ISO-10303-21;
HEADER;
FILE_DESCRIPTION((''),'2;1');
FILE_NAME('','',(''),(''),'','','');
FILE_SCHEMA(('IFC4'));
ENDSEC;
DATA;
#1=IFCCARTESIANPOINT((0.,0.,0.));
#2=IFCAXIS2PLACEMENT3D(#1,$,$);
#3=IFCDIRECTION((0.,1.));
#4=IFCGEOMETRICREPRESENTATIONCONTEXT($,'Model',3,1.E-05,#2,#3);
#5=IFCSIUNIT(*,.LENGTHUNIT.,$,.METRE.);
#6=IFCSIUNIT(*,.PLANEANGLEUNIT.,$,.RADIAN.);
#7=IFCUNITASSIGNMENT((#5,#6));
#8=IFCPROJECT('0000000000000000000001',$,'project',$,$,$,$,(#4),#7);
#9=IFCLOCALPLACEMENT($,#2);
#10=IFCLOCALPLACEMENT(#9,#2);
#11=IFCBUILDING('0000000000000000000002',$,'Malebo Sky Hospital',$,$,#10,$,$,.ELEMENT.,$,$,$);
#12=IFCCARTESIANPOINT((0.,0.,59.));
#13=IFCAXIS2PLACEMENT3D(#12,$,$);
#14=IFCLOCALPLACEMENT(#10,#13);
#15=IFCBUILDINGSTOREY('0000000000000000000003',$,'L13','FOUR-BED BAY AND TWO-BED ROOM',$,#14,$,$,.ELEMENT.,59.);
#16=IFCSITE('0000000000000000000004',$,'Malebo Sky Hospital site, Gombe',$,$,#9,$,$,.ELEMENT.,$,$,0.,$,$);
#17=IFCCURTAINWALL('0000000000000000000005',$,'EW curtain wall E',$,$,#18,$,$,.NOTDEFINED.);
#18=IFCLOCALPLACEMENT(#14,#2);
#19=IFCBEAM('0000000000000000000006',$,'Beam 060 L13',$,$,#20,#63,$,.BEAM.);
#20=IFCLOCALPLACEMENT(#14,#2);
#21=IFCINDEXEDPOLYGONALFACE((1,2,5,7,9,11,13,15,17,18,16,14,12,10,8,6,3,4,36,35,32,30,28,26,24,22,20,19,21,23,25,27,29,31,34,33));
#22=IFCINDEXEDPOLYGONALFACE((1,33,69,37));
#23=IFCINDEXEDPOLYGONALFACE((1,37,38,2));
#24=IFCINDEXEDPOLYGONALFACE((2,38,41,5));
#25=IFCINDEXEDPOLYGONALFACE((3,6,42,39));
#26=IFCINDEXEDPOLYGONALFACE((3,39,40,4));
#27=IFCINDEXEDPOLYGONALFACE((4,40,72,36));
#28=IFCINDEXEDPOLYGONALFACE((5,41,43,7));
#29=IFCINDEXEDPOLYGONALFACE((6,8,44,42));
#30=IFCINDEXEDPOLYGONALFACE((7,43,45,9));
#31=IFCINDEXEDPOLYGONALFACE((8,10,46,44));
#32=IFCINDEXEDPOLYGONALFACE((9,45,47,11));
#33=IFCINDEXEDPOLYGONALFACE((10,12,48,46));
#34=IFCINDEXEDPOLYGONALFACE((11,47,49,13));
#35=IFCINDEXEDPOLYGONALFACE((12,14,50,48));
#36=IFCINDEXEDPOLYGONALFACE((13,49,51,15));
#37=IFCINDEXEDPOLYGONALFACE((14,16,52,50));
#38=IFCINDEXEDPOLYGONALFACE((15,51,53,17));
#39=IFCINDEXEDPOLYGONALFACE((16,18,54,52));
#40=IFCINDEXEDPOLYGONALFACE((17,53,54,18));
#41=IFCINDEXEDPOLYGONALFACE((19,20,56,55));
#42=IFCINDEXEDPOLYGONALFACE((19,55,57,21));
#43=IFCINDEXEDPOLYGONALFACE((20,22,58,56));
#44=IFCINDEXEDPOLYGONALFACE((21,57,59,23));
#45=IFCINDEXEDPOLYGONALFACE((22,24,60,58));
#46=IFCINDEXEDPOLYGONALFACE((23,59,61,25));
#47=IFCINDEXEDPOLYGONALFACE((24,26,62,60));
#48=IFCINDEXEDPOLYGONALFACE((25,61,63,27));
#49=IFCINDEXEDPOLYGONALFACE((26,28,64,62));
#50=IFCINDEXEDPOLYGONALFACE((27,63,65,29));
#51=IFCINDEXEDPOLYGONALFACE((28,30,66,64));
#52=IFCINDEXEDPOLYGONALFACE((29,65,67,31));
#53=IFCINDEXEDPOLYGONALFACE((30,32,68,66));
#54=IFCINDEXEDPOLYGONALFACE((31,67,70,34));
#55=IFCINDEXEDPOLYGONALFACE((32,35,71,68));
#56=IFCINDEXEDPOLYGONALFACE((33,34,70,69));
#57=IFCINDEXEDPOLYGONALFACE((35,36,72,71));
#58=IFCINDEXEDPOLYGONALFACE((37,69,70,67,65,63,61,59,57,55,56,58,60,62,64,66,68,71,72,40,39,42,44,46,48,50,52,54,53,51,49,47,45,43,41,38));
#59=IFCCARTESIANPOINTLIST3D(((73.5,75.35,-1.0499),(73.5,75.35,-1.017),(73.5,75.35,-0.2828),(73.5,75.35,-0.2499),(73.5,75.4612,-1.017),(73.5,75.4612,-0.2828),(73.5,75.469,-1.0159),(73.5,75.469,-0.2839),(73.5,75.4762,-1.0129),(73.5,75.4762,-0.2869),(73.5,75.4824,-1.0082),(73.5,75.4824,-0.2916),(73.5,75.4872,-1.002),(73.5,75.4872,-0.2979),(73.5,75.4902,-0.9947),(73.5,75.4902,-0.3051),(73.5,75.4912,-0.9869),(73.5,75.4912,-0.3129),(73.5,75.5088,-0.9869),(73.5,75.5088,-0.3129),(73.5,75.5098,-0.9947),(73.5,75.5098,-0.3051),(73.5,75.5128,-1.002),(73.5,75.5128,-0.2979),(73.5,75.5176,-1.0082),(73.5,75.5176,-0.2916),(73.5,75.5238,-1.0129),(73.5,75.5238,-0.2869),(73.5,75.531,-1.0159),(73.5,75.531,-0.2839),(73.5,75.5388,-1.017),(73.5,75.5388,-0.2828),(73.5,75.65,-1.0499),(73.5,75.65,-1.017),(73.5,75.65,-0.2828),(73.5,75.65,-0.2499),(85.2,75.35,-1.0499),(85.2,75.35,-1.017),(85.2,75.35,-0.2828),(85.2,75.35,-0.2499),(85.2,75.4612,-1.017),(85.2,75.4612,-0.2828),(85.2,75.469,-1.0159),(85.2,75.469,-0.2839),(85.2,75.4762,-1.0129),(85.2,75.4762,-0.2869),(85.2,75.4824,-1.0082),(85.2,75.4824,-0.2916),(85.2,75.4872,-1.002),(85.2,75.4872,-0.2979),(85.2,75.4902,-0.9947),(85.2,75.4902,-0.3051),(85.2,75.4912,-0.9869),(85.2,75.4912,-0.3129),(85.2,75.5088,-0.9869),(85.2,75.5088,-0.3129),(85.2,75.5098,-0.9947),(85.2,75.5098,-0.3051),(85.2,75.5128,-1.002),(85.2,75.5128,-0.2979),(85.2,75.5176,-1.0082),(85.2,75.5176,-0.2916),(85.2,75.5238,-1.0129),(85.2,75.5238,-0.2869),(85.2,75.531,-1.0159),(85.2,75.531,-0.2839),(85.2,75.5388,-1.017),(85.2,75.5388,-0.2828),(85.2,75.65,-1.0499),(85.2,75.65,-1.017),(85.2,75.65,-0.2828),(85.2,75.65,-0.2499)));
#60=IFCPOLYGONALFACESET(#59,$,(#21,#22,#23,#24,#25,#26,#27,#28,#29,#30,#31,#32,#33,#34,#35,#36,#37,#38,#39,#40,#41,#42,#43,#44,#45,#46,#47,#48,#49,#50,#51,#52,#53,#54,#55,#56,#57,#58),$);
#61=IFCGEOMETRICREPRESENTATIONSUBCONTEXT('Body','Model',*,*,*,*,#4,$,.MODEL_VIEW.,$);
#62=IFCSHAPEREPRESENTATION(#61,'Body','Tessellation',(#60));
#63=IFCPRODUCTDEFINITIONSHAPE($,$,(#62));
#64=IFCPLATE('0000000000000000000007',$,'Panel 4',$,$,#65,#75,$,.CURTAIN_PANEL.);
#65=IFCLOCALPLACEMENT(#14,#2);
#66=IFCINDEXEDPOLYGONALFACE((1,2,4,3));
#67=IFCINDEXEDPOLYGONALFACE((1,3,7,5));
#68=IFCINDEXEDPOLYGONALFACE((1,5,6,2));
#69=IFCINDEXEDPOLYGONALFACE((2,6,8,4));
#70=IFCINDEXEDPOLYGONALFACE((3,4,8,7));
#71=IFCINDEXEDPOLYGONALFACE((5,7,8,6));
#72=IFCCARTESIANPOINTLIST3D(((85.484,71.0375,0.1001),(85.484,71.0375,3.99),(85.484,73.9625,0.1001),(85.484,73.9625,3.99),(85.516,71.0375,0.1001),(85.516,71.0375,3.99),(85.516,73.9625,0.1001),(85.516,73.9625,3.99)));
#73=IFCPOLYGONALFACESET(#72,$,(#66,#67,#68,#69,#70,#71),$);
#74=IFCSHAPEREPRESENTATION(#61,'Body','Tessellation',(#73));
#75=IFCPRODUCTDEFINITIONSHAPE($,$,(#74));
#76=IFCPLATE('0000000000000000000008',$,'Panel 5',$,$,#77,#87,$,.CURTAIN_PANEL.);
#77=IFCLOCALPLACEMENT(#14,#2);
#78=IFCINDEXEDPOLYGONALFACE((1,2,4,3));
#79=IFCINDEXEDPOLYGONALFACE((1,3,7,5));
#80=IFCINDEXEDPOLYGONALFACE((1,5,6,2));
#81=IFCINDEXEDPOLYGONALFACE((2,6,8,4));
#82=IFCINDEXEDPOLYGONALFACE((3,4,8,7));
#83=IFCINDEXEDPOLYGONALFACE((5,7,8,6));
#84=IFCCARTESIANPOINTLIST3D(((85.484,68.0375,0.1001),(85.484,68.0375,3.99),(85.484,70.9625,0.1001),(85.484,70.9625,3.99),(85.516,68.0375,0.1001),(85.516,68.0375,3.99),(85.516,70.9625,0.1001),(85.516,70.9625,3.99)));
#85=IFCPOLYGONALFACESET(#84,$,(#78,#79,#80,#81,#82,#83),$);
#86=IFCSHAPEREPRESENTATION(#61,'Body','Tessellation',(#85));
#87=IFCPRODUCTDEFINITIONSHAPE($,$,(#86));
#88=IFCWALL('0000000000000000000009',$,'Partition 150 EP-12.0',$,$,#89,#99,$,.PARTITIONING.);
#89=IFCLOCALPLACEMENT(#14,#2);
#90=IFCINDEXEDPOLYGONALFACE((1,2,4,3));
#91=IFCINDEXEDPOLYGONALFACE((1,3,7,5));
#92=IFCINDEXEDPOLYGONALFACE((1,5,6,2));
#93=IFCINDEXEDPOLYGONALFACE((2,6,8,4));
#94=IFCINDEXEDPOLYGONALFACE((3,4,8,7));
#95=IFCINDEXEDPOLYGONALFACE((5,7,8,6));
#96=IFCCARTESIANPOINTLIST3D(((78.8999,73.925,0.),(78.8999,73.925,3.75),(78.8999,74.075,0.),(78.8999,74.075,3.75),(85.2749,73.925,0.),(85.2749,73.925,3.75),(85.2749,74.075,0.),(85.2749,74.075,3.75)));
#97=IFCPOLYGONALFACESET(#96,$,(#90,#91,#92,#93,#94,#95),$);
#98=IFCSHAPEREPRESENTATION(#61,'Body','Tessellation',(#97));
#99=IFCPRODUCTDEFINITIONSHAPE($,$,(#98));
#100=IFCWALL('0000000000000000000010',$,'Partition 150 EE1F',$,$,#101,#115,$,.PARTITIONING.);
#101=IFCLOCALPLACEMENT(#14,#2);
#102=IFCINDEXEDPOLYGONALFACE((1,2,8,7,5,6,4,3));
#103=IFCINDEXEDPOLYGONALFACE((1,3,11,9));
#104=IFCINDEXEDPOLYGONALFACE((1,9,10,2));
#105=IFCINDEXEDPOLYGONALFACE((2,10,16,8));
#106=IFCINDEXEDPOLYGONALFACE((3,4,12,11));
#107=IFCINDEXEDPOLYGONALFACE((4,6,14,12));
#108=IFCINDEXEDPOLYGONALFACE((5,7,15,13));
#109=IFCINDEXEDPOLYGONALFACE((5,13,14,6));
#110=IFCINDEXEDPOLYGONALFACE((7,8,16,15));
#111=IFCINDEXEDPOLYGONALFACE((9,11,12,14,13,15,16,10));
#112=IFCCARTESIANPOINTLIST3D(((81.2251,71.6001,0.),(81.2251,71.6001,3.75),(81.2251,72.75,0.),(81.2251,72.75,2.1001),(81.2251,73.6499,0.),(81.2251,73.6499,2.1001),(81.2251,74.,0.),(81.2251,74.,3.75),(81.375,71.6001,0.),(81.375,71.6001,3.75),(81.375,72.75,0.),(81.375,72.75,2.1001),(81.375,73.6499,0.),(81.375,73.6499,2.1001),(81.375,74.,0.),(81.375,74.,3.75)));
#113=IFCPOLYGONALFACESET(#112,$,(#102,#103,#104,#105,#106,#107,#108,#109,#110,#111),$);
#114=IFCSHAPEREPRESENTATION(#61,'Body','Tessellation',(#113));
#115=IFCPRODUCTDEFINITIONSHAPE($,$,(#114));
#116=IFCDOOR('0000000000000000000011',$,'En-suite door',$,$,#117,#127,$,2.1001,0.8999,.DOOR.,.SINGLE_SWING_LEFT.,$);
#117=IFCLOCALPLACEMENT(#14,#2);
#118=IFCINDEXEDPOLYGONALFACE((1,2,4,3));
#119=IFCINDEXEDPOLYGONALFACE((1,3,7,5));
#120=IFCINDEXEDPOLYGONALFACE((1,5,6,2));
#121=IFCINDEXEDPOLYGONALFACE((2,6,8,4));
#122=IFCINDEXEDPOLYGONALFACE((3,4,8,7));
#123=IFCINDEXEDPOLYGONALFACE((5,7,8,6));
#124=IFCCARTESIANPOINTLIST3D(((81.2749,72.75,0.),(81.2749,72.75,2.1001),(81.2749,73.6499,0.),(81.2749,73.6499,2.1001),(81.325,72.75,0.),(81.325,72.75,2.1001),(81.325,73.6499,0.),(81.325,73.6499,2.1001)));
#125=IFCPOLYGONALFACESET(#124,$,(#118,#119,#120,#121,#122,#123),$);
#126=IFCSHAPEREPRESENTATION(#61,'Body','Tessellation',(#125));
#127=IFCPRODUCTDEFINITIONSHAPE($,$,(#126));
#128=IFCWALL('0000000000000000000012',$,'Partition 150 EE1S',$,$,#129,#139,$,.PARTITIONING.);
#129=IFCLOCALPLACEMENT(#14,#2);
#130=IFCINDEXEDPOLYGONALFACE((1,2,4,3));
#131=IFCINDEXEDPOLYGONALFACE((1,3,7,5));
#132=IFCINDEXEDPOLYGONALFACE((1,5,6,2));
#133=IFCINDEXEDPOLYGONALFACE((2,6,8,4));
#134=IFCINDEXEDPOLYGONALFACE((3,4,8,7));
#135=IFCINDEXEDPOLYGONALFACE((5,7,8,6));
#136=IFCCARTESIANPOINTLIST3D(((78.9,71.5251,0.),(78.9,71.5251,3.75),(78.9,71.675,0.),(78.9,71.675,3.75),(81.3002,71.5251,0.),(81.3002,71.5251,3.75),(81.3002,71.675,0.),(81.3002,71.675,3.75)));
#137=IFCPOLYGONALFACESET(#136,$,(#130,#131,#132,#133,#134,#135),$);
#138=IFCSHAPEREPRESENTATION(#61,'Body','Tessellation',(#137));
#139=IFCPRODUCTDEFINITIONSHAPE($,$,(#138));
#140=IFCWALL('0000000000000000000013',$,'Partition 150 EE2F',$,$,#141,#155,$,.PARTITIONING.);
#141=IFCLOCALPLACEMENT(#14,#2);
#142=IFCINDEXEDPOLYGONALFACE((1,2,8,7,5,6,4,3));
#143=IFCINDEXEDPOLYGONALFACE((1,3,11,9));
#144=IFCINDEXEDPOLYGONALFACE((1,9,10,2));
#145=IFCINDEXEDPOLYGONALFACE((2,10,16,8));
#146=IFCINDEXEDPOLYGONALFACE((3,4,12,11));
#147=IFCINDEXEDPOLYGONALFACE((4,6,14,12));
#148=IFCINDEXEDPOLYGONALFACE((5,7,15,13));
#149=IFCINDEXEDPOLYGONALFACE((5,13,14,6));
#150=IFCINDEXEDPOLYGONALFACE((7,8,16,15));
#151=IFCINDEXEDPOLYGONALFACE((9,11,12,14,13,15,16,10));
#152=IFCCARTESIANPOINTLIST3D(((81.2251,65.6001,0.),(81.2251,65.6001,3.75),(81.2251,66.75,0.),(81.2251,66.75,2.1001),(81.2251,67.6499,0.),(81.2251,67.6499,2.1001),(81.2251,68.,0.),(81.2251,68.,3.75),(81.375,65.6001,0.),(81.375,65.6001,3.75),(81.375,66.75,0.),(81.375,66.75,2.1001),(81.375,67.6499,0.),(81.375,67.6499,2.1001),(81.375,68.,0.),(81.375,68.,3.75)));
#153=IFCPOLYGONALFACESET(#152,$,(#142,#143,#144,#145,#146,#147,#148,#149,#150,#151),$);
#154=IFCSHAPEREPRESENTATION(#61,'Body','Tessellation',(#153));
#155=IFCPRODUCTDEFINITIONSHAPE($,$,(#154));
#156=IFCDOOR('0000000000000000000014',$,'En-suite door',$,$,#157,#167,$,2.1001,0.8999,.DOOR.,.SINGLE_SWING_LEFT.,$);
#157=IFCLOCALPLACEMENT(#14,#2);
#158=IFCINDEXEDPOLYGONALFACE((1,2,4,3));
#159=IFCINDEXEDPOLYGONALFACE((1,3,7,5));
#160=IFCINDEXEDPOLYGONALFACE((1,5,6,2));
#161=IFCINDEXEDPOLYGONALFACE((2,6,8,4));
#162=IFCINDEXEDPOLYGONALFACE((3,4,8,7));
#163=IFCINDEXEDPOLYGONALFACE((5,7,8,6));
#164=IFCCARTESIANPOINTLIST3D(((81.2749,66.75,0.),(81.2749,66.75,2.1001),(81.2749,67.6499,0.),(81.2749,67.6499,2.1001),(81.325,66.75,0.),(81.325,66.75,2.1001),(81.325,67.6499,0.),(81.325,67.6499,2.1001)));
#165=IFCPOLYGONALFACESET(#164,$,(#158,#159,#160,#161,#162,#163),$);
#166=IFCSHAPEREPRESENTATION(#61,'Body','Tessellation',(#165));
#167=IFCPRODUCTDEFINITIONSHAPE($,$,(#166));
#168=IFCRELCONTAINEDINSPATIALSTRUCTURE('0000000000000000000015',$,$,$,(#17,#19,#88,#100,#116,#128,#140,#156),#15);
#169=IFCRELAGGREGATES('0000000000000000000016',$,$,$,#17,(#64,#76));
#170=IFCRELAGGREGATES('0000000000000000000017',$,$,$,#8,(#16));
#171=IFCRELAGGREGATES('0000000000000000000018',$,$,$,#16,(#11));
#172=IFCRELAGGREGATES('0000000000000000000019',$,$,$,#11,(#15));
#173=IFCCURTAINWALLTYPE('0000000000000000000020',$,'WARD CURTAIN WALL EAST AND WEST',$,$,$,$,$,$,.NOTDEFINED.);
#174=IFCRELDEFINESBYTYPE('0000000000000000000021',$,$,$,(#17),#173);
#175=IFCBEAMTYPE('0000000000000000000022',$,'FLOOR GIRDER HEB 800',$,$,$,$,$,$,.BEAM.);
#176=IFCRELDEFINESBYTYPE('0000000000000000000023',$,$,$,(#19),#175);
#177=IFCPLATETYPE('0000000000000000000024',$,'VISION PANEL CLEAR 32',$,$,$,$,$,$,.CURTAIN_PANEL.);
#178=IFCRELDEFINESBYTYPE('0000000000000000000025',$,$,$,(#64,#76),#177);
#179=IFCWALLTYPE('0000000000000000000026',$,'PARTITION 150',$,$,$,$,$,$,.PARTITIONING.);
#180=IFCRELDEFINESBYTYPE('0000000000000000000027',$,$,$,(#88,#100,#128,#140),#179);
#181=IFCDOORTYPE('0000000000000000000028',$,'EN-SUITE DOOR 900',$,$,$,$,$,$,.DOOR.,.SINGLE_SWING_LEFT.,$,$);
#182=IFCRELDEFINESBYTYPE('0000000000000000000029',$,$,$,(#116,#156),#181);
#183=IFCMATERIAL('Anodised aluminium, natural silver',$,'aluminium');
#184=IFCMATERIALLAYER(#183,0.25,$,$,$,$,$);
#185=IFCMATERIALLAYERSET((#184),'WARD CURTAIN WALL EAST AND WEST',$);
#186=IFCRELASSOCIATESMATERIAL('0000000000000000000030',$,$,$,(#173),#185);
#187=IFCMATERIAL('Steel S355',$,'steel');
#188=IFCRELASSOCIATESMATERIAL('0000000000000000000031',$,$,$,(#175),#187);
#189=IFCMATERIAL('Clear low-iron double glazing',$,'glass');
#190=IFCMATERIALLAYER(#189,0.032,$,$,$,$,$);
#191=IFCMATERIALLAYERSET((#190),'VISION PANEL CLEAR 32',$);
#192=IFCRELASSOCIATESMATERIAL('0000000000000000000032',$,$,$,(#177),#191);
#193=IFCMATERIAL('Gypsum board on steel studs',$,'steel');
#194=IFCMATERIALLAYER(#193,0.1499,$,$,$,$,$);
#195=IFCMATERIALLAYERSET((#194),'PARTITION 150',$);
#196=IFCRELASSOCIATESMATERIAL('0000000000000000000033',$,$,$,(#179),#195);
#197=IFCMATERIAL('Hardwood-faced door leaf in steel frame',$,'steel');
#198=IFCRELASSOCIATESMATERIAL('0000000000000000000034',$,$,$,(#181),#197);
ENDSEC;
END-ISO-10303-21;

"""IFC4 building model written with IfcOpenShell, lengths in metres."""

from ifc_helpers import new_model, si_unit, direction, frame, frame_2d, origin, origin_2d, place, context, subcontext, project, spatial, rectangle, i_section, extrude, material, layer, layer_set, material_profile, profile_set, type_object, element, fill, aggregate, save


model = new_model("IFC4")

# Units and contexts
model_context = context("Model", 3, precision=1e-05, world=origin(), true_north=direction((0.0, 1.0)))
body_context = subcontext(model_context, "Body", "Model", "MODEL_VIEW")
ifc_project = project(units=[si_unit("LENGTHUNIT", "METRE"), si_unit("PLANEANGLEUNIT", "RADIAN")], contexts=[model_context])

# Site, building, storey
site_placement = place(None, origin())
site = spatial("IfcSite", under=ifc_project, at=site_placement, Name="Malebo Sky Hospital site, Gombe", CompositionType="ELEMENT", RefElevation=0.0)
building_placement = place(site_placement, origin())
building = spatial("IfcBuilding", under=site, at=building_placement, Name="Malebo Sky Hospital", CompositionType="ELEMENT")
storey_placement = place(building_placement, frame((0.0, 0.0, 59.0)))
storey = spatial("IfcBuildingStorey", under=building, at=storey_placement, Name="L13", Description="FOUR-BED BAY AND TWO-BED ROOM", CompositionType="ELEMENT", Elevation=59.0)

# Curtain wall
ifc_material_1 = material(Name="Anodised aluminium, natural silver", Category="aluminium")
ifc_layer_1 = layer(ifc_material_1, 0.25)
ifc_layer_set_1 = layer_set([ifc_layer_1], Name="WARD CURTAIN WALL EAST AND WEST")
curtain_wall_type = type_object("IfcCurtainWallType", Name="WARD CURTAIN WALL EAST AND WEST", PredefinedType="NOTDEFINED", material=ifc_layer_set_1)
curtain_wall_placement = place(storey_placement, origin())
curtain_wall = element("IfcCurtainWall", 1, at=curtain_wall_placement, inside=storey, type_object=curtain_wall_type, Name="EW curtain wall E", PredefinedType="NOTDEFINED")

# Beam
ifc_material_2 = material(Name="Steel S355", Category="steel")
ifc_material_profile_1 = material_profile(ifc_material_2, i_section(OverallWidth=0.3, OverallDepth=0.8, WebThickness=0.0176, FlangeThickness=0.033, FilletRadius=0.03, at=origin_2d()), Name="HEB 800")
ifc_profile_set_1 = profile_set([ifc_material_profile_1], Name="Steel S355")
beam_type_1 = type_object("IfcBeamType", Name="FLOOR GIRDER HEB 800", PredefinedType="BEAM", material=ifc_profile_set_1)
for number, where, z_axis, x_axis, name in (
    (2, (73.5, 75.5, -0.6499), (1.0, 0.0, 0.0), (0.0, 1.0, 0.0), "Beam 060 L13"),
):
    element("IfcBeam", number, at=place(storey_placement, frame(where, z_axis=z_axis, x_axis=x_axis)), inside=storey, type_object=beam_type_1, Name=name, PredefinedType="BEAM", context=body_context, shape_type="SweptSolid", body=[
        extrude(i_section(OverallWidth=0.3, OverallDepth=0.8, WebThickness=0.0176, FlangeThickness=0.033, FilletRadius=0.03, at=origin_2d()), origin(), (0.0, 0.0, 1.0), 11.7),
    ])

# Plates
ifc_material_3 = material(Name="Clear low-iron double glazing", Category="glass")
ifc_layer_2 = layer(ifc_material_3, 0.032)
ifc_layer_set_2 = layer_set([ifc_layer_2], Name="VISION PANEL CLEAR 32")
plate_type = type_object("IfcPlateType", Name="VISION PANEL CLEAR 32", PredefinedType="CURTAIN_PANEL", material=ifc_layer_set_2)
plate_1_placement = place(storey_placement, frame((85.5, 72.5, 0.1001), z_axis=(0.0, 0.0, 1.0), x_axis=(0.0, -1.0, 0.0)))
plate_1 = element("IfcPlate", 3, at=plate_1_placement, type_object=plate_type, Name="Panel 4", PredefinedType="CURTAIN_PANEL", context=body_context, shape_type="SweptSolid", body=[
    extrude(rectangle(XDim=2.925, YDim=0.032, at=origin_2d()), origin(), (0.0, 0.0, 1.0), 3.8899),
])
plate_2_placement = place(storey_placement, frame((85.5, 69.5, 0.1001), z_axis=(0.0, 0.0, 1.0), x_axis=(0.0, -1.0, 0.0)))
plate_2 = element("IfcPlate", 4, at=plate_2_placement, type_object=plate_type, Name="Panel 5", PredefinedType="CURTAIN_PANEL", context=body_context, shape_type="SweptSolid", body=[
    extrude(rectangle(XDim=2.925, YDim=0.032, at=origin_2d()), origin(), (0.0, 0.0, 1.0), 3.8899),
])
aggregate(curtain_wall, [plate_1, plate_2])

# Wall
ifc_material_4 = material(Name="Gypsum board on steel studs", Category="steel")
ifc_layer_3 = layer(ifc_material_4, 0.1499)
ifc_layer_set_3 = layer_set([ifc_layer_3], Name="PARTITION 150")
wall_type = type_object("IfcWallType", Name="PARTITION 150", PredefinedType="PARTITIONING", material=ifc_layer_set_3)
wall_1_placement = place(storey_placement, frame((78.8999, 74.0, 0.0), z_axis=(0.0, 0.0, 1.0), x_axis=(1.0, 0.0, 0.0)))
element("IfcWall", 5, at=wall_1_placement, inside=storey, type_object=wall_type, Name="Partition 150 EP-12.0", PredefinedType="PARTITIONING", context=body_context, shape_type="SweptSolid", body=[
    extrude(rectangle(XDim=6.375, YDim=0.1499, at=frame_2d((3.1875, 0.0))), origin(), (0.0, 0.0, 1.0), 3.75),
])

# Wall, opening, door
wall_2_placement = place(storey_placement, frame((81.3, 74.0, 0.0), z_axis=(0.0, 0.0, 1.0), x_axis=(0.0, -1.0, 0.0)))
wall_2 = element("IfcWall", 6, at=wall_2_placement, inside=storey, type_object=wall_type, Name="Partition 150 EE1F", PredefinedType="PARTITIONING", context=body_context, shape_type="SweptSolid", body=[
    extrude(rectangle(XDim=2.3999, YDim=0.1499, at=frame_2d((1.2, 0.0))), origin(), (0.0, 0.0, 1.0), 3.75),
])
opening_1_placement = place(wall_2_placement, frame((0.3501, 0.0, 0.0)))
opening_1 = element("IfcOpeningElement", 7, at=opening_1_placement, cuts=wall_2, PredefinedType="OPENING", context=body_context, shape_type="SweptSolid", body=[
    extrude(rectangle(XDim=0.8999, YDim=2.1001, at=frame_2d((0.45, 1.05))), frame((0.0, 0.085, 0.0), z_axis=(0.0, -1.0, 0.0), x_axis=(1.0, 0.0, 0.0)), (0.0, 0.0, 1.0), 0.1699),
])
ifc_material_5 = material(Name="Hardwood-faced door leaf in steel frame", Category="steel")
door_type = type_object("IfcDoorType", Name="EN-SUITE DOOR 900", OperationType="SINGLE_SWING_LEFT", PredefinedType="DOOR", material=ifc_material_5)
door_1_placement = place(opening_1_placement, origin())
door_1 = element("IfcDoor", 8, at=door_1_placement, inside=storey, type_object=door_type, Name="En-suite door", OperationType="SINGLE_SWING_LEFT", OverallHeight=2.1001, OverallWidth=0.8999, PredefinedType="DOOR", context=body_context, shape_type="SweptSolid", body=[
    extrude(rectangle(XDim=0.8999, YDim=2.1001, at=frame_2d((0.45, 1.05))), frame((0.0, 0.0249, 0.0), z_axis=(0.0, -1.0, 0.0), x_axis=(1.0, 0.0, 0.0)), (0.0, 0.0, 1.0), 0.05),
])
fill(opening_1, door_1)

# Wall
wall_3_placement = place(storey_placement, frame((78.8999, 71.6001, 0.0), z_axis=(0.0, 0.0, 1.0), x_axis=(1.0, 0.0, 0.0)))
element("IfcWall", 9, at=wall_3_placement, inside=storey, type_object=wall_type, Name="Partition 150 EE1S", PredefinedType="PARTITIONING", context=body_context, shape_type="SweptSolid", body=[
    extrude(rectangle(XDim=2.4001, YDim=0.1499, at=frame_2d((1.2002, 0.0))), origin(), (0.0, 0.0, 1.0), 3.75),
])

# Wall, opening, door
wall_4_placement = place(storey_placement, frame((81.3, 68.0, 0.0), z_axis=(0.0, 0.0, 1.0), x_axis=(0.0, -1.0, 0.0)))
wall_4 = element("IfcWall", 10, at=wall_4_placement, inside=storey, type_object=wall_type, Name="Partition 150 EE2F", PredefinedType="PARTITIONING", context=body_context, shape_type="SweptSolid", body=[
    extrude(rectangle(XDim=2.3999, YDim=0.1499, at=frame_2d((1.2, 0.0))), origin(), (0.0, 0.0, 1.0), 3.75),
])
opening_2_placement = place(wall_4_placement, frame((0.3501, 0.0, 0.0)))
opening_2 = element("IfcOpeningElement", 11, at=opening_2_placement, cuts=wall_4, PredefinedType="OPENING", context=body_context, shape_type="SweptSolid", body=[
    extrude(rectangle(XDim=0.8999, YDim=2.1001, at=frame_2d((0.45, 1.05))), frame((0.0, 0.085, 0.0), z_axis=(0.0, -1.0, 0.0), x_axis=(1.0, 0.0, 0.0)), (0.0, 0.0, 1.0), 0.1699),
])
door_2_placement = place(opening_2_placement, origin())
door_2 = element("IfcDoor", 12, at=door_2_placement, inside=storey, type_object=door_type, Name="En-suite door", OperationType="SINGLE_SWING_LEFT", OverallHeight=2.1001, OverallWidth=0.8999, PredefinedType="DOOR", context=body_context, shape_type="SweptSolid", body=[
    extrude(rectangle(XDim=0.8999, YDim=2.1001, at=frame_2d((0.45, 1.05))), frame((0.0, 0.0249, 0.0), z_axis=(0.0, -1.0, 0.0), x_axis=(1.0, 0.0, 0.0)), (0.0, 0.0, 1.0), 0.05),
])
fill(opening_2, door_2)

save(model, "model.ifc")
